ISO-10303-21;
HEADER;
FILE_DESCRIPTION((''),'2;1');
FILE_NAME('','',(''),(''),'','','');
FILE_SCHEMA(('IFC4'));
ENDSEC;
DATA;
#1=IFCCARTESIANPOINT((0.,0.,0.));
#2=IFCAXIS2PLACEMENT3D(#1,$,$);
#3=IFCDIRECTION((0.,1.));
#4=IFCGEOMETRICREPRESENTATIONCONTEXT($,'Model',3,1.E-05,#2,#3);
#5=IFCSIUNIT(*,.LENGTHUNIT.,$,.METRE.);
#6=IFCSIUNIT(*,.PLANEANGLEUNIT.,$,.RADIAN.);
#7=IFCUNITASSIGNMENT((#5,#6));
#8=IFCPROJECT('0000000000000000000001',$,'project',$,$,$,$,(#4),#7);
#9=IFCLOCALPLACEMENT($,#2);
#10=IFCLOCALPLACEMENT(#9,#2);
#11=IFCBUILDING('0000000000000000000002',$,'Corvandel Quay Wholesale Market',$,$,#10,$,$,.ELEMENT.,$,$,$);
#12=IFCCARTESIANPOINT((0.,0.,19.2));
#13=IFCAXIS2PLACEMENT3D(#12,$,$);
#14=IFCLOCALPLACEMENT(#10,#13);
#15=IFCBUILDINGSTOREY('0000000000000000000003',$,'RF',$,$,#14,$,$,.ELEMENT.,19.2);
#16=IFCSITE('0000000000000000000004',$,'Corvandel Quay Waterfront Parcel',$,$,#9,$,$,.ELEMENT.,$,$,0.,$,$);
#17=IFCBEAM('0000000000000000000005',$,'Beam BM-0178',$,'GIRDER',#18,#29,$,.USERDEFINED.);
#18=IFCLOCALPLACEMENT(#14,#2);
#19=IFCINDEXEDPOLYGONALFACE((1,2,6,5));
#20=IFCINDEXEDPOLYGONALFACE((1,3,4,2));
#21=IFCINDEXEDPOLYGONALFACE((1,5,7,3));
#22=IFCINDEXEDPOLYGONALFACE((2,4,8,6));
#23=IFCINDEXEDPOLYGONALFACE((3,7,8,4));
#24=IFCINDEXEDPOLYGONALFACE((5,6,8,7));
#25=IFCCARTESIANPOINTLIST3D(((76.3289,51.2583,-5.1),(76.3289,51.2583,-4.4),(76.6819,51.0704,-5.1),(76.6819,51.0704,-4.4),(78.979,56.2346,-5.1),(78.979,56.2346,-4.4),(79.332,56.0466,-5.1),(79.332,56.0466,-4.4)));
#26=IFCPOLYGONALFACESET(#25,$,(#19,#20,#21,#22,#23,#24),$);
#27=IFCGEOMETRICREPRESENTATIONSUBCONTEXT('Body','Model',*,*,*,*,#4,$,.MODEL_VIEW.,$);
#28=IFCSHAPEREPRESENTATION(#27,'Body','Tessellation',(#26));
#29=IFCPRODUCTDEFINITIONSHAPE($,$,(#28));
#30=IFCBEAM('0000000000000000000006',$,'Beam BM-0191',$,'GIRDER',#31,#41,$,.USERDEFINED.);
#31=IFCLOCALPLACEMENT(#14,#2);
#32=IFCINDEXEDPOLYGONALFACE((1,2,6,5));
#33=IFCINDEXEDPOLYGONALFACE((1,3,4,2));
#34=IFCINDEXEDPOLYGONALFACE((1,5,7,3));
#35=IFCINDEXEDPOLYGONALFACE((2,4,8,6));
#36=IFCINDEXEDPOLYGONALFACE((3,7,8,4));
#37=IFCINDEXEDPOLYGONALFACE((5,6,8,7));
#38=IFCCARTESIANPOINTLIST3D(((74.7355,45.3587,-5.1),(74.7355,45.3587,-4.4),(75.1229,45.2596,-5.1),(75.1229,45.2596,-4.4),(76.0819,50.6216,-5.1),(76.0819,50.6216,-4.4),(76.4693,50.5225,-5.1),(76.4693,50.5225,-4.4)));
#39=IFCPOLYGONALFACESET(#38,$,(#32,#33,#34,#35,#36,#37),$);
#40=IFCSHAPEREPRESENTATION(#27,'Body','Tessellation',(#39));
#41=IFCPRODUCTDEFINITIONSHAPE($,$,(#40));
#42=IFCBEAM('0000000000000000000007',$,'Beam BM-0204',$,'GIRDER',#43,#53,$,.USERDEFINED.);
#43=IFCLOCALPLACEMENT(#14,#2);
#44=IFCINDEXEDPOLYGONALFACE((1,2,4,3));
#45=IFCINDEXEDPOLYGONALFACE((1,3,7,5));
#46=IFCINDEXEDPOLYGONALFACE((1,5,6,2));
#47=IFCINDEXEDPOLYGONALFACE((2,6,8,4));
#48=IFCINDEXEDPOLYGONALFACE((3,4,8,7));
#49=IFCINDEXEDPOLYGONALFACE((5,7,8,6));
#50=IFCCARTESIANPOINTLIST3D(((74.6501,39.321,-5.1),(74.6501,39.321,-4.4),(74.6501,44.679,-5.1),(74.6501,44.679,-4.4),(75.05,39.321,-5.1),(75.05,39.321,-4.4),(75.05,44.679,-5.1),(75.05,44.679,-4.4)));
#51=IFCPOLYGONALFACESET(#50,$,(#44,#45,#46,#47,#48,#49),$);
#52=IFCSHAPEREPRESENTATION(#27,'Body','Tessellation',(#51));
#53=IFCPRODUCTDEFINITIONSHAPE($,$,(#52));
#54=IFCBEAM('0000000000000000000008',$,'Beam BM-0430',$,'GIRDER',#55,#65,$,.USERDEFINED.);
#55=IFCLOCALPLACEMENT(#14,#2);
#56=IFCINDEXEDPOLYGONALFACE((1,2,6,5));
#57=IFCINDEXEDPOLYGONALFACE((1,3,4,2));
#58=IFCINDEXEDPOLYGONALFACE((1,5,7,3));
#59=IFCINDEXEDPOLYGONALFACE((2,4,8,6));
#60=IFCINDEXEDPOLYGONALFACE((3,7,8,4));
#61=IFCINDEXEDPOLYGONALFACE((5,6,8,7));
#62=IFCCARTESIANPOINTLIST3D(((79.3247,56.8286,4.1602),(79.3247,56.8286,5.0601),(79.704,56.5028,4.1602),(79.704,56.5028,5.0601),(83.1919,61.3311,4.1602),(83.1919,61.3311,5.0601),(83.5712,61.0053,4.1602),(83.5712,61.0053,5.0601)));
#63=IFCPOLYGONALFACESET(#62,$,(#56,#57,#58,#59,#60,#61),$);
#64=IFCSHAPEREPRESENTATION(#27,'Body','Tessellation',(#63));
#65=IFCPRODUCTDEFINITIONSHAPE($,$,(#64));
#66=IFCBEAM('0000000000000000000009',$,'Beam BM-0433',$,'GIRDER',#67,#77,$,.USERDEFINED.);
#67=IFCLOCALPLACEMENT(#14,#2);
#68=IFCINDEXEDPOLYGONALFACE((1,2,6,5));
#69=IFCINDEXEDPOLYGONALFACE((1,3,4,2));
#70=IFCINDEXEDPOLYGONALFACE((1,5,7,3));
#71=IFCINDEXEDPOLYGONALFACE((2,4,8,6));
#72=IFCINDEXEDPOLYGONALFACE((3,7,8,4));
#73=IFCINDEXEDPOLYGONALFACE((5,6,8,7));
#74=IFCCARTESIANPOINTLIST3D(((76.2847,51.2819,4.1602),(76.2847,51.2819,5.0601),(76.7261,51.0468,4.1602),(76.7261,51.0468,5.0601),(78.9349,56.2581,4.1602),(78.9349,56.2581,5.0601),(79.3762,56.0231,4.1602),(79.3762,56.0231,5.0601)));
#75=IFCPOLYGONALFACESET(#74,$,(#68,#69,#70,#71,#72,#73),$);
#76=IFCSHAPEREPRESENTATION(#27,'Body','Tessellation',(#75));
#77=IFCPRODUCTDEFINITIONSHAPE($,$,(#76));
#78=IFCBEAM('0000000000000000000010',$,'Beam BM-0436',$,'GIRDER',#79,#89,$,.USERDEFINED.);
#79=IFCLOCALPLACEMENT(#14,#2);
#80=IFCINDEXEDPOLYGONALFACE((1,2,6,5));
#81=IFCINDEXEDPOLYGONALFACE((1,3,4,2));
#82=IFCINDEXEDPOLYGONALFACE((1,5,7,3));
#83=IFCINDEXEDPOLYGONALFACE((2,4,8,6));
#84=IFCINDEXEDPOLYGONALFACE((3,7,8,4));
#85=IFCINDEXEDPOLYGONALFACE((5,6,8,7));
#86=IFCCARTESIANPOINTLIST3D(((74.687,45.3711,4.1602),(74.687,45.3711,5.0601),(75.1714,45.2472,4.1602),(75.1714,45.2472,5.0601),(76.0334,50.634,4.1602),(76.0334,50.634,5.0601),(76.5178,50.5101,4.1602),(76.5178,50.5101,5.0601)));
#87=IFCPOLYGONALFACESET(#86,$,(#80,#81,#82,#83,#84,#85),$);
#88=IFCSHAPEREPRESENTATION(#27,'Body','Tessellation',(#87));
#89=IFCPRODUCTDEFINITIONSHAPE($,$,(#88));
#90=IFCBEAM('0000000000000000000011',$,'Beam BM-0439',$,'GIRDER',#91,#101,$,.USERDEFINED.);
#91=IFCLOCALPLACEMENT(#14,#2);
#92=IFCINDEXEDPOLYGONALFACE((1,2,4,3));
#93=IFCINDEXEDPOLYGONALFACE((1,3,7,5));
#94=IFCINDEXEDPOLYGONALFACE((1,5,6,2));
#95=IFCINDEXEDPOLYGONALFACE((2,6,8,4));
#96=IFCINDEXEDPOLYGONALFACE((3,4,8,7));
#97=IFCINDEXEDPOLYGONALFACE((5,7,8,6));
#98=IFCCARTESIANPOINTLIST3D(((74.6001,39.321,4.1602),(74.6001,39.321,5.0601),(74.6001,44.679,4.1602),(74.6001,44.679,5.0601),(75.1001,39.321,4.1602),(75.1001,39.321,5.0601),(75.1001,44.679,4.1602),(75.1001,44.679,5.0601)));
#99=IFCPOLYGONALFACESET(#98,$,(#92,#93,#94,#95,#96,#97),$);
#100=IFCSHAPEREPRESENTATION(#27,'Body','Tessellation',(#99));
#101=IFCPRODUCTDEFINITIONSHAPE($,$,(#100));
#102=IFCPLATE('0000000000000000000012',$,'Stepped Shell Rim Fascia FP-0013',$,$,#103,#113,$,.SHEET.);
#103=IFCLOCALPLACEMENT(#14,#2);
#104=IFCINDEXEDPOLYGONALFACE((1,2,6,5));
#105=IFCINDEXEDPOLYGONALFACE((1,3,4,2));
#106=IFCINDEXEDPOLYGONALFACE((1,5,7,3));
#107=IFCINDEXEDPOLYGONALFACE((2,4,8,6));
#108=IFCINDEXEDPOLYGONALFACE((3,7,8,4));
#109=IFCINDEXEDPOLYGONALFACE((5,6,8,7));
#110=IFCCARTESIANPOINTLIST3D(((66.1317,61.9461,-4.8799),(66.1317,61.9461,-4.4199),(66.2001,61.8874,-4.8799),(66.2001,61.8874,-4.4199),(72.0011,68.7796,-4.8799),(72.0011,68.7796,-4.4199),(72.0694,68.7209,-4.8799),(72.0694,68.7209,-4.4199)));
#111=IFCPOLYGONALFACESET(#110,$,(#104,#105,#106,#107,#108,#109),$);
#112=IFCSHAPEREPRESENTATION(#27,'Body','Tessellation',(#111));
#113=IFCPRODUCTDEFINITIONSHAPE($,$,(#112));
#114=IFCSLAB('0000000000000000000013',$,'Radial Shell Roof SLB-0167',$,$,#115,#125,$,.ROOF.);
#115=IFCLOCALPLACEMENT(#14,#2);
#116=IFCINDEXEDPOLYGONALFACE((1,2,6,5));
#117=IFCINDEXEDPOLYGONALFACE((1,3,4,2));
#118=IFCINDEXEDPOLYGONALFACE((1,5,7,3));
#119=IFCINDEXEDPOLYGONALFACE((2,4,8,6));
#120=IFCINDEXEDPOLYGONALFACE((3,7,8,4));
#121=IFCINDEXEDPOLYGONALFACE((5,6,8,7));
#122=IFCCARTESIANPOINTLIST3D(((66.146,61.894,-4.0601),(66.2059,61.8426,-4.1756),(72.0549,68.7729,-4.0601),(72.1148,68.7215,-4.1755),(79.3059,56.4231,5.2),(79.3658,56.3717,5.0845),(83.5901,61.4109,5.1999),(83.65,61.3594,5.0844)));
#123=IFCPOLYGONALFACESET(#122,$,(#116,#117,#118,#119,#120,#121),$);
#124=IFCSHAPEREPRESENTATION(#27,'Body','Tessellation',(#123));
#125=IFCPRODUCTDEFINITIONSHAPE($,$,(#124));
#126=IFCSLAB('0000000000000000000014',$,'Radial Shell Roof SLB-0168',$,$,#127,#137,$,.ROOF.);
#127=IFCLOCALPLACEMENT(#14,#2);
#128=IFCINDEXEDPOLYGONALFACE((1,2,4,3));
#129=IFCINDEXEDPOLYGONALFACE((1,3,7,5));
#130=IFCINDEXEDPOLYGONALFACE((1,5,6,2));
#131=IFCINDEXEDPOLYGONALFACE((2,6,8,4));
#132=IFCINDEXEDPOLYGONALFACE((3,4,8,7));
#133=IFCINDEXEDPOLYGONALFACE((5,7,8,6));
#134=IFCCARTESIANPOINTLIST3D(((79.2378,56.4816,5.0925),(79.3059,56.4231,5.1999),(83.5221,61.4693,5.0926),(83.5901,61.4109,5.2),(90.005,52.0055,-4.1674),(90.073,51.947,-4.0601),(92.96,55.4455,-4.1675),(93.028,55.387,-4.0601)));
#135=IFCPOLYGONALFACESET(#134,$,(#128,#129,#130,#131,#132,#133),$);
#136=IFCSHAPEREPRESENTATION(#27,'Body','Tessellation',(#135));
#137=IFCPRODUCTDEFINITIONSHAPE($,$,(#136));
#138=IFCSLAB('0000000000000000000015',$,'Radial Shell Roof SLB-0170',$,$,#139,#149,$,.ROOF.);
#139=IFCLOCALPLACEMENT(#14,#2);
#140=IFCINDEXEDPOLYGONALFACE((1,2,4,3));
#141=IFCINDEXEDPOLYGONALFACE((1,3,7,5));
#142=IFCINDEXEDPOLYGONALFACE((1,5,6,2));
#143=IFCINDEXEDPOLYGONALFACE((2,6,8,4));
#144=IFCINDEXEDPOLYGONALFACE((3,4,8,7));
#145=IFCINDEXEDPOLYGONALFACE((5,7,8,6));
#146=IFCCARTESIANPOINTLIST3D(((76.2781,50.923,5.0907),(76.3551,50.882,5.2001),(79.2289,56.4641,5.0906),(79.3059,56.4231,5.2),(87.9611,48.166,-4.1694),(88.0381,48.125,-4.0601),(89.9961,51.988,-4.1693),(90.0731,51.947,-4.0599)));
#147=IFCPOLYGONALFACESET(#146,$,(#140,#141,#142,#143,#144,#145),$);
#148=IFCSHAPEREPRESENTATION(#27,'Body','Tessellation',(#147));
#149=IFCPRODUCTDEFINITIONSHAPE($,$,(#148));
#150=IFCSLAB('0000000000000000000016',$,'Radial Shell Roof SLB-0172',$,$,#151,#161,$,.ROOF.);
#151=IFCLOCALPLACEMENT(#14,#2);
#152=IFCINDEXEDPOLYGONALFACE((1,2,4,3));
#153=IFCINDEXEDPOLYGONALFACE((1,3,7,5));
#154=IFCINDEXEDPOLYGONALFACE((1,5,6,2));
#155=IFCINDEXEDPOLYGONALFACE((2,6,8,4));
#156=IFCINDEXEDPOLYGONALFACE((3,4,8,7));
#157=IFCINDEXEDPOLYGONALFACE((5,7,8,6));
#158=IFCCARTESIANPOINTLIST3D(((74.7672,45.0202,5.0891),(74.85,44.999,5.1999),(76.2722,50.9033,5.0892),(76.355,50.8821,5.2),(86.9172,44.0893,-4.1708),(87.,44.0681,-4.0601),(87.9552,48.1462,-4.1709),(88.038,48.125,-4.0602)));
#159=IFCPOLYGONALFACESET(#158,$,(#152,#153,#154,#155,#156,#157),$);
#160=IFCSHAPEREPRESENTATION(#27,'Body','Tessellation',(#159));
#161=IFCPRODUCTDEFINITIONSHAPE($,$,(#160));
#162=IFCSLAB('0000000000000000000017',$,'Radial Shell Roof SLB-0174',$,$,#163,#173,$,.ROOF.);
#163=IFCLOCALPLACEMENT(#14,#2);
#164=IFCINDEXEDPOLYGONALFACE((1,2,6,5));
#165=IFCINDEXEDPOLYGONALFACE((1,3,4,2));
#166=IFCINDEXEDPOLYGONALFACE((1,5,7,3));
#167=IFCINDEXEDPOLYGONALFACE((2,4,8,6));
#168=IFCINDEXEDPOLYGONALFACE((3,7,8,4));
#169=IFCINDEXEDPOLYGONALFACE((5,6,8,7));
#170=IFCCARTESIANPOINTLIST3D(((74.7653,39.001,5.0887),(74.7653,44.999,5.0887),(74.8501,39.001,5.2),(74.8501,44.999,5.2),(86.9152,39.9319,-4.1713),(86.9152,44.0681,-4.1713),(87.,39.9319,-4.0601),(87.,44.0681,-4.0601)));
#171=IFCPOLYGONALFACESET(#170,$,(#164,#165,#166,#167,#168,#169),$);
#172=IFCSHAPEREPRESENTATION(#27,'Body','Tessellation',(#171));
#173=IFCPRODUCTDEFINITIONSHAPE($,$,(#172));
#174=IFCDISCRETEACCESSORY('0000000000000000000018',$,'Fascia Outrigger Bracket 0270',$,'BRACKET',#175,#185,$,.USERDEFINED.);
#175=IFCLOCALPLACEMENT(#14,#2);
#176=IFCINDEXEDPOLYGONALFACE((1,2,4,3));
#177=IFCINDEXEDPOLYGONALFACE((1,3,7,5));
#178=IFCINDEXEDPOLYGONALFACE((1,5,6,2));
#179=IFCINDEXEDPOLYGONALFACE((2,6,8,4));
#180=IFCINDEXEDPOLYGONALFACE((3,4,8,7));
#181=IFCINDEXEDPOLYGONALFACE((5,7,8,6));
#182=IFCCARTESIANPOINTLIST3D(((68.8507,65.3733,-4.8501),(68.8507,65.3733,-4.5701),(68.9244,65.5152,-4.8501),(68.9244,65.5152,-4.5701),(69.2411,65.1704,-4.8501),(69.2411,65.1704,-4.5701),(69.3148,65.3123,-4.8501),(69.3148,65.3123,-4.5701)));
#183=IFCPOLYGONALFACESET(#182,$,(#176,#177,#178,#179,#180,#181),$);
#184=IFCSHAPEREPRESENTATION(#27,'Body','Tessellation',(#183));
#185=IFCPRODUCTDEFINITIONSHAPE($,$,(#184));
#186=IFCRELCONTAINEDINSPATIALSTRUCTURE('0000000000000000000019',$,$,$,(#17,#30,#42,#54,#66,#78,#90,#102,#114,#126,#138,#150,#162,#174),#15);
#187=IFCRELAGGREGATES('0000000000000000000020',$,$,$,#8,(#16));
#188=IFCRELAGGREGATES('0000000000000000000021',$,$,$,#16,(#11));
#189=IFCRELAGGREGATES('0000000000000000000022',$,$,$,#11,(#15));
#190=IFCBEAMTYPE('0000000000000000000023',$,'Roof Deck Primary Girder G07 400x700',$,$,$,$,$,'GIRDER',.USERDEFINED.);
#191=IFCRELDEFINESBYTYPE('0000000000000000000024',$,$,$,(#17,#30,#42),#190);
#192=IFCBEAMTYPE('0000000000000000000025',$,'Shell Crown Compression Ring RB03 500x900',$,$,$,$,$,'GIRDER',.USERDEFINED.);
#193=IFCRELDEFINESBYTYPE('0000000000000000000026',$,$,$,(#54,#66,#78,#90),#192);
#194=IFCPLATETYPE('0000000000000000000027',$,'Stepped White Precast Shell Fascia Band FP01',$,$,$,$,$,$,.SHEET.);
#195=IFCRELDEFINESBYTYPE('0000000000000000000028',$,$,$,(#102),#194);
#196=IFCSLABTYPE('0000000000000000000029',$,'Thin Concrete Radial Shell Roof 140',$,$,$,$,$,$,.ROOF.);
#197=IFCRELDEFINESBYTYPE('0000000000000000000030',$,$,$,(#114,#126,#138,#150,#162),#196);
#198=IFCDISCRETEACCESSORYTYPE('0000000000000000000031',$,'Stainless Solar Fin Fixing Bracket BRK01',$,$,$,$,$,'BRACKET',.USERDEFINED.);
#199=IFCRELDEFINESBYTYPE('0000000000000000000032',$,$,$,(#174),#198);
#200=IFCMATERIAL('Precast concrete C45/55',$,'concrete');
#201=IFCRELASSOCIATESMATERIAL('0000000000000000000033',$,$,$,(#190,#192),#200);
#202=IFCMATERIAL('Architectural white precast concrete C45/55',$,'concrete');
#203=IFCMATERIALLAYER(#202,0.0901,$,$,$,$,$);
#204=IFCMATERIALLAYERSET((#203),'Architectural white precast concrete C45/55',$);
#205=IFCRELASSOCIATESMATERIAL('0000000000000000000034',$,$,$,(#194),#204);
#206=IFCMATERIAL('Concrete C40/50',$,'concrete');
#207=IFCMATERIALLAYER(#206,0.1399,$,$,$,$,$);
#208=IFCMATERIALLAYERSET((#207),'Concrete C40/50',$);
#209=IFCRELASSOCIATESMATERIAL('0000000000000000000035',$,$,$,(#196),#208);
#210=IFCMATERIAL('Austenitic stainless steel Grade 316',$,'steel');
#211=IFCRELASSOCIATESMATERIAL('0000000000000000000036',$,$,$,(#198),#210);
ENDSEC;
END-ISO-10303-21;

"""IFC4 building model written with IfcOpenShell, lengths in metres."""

from ifc_helpers import new_model, si_unit, direction, frame, origin, origin_2d, place, context, subcontext, project, spatial, polyline, rectangle, outline, extrude, material, layer, layer_set, material_profile, profile_set, type_object, element, save


model = new_model("IFC4")

# Units and contexts
model_context = context("Model", 3, precision=1e-05, world=origin(), true_north=direction((0.0, 1.0)))
body_context = subcontext(model_context, "Body", "Model", "MODEL_VIEW")
ifc_project = project(units=[si_unit("LENGTHUNIT", "METRE"), si_unit("PLANEANGLEUNIT", "RADIAN")], contexts=[model_context])

# Site, building, storey
site_placement = place(None, origin())
site = spatial("IfcSite", under=ifc_project, at=site_placement, Name="Corvandel Quay Waterfront Parcel", CompositionType="ELEMENT", RefElevation=0.0)
building_placement = place(site_placement, origin())
building = spatial("IfcBuilding", under=site, at=building_placement, Name="Corvandel Quay Wholesale Market", CompositionType="ELEMENT")
storey_placement = place(building_placement, frame((0.0, 0.0, 19.2)))
storey = spatial("IfcBuildingStorey", under=building, at=storey_placement, Name="RF", CompositionType="ELEMENT", Elevation=19.2)

# Shared definitions
ifc_material_1 = material(Name="Precast concrete C45/55", Category="concrete")

# Beams
ifc_material_profile_1 = material_profile(ifc_material_1, rectangle(XDim=0.3999, YDim=0.7, at=origin_2d()), Name="PC-GIR-400x700")
ifc_profile_set_1 = profile_set([ifc_material_profile_1], Name="Precast concrete C45/55")
beam_type_1 = type_object("IfcBeamType", Name="Roof Deck Primary Girder G07 400x700", ElementType="GIRDER", PredefinedType="USERDEFINED", material=ifc_profile_set_1)
beam_1_placement = place(storey_placement, frame((79.1555, 56.1406, -4.75), z_axis=(-0.470051, -0.882639, 0.0), x_axis=(0.882639, -0.470051, 0.0)))
element("IfcBeam", 1, at=beam_1_placement, inside=storey, type_object=beam_type_1, Name="Beam BM-0178", ObjectType="GIRDER", PredefinedType="USERDEFINED", context=body_context, shape_type="SweptSolid", body=[
    extrude(rectangle(XDim=0.3999, YDim=0.7, at=origin_2d()), origin(), (0.0, 0.0, 1.0), 5.6379),
])
beam_2_placement = place(storey_placement, frame((76.2756, 50.572, -4.75), z_axis=(-0.247851, -0.968798, 0.0), x_axis=(0.968798, -0.247851, 0.0)))
element("IfcBeam", 2, at=beam_2_placement, inside=storey, type_object=beam_type_1, Name="Beam BM-0191", ObjectType="GIRDER", PredefinedType="USERDEFINED", context=body_context, shape_type="SweptSolid", body=[
    extrude(rectangle(XDim=0.3999, YDim=0.7, at=origin_2d()), origin(), (0.0, 0.0, 1.0), 5.4324),
])
beam_3_placement = place(storey_placement, frame((74.8501, 44.679, -4.75), z_axis=(0.0, -1.0, 0.0), x_axis=(1.0, 0.0, 0.0)))
element("IfcBeam", 3, at=beam_3_placement, inside=storey, type_object=beam_type_1, Name="Beam BM-0204", ObjectType="GIRDER", PredefinedType="USERDEFINED", context=body_context, shape_type="SweptSolid", body=[
    extrude(rectangle(XDim=0.3999, YDim=0.7, at=origin_2d()), origin(), (0.0, 0.0, 1.0), 5.3579),
])
ifc_material_profile_2 = material_profile(ifc_material_1, rectangle(XDim=0.5, YDim=0.8999, at=origin_2d()), Name="PC-RING-500x900")
ifc_profile_set_2 = profile_set([ifc_material_profile_2], Name="Precast concrete C45/55")
beam_type_2 = type_object("IfcBeamType", Name="Shell Crown Compression Ring RB03 500x900", ElementType="GIRDER", PredefinedType="USERDEFINED", material=ifc_profile_set_2)
beam_4_placement = place(storey_placement, frame((83.3816, 61.1682, 4.6101), z_axis=(-0.651563, -0.758594, 0.0), x_axis=(0.758594, -0.651563, 0.0)))
element("IfcBeam", 4, at=beam_4_placement, inside=storey, type_object=beam_type_2, Name="Beam BM-0430", ObjectType="GIRDER", PredefinedType="USERDEFINED", context=body_context, shape_type="SweptSolid", body=[
    extrude(rectangle(XDim=0.5, YDim=0.8999, at=origin_2d()), origin(), (0.0, 0.0, 1.0), 5.9353),
])
beam_5_placement = place(storey_placement, frame((79.1555, 56.1406, 4.6101), z_axis=(-0.470051, -0.882639, 0.0), x_axis=(0.882639, -0.470051, 0.0)))
element("IfcBeam", 5, at=beam_5_placement, inside=storey, type_object=beam_type_2, Name="Beam BM-0433", ObjectType="GIRDER", PredefinedType="USERDEFINED", context=body_context, shape_type="SweptSolid", body=[
    extrude(rectangle(XDim=0.5, YDim=0.8999, at=origin_2d()), origin(), (0.0, 0.0, 1.0), 5.6379),
])
beam_6_placement = place(storey_placement, frame((76.2756, 50.572, 4.6101), z_axis=(-0.247851, -0.968798, 0.0), x_axis=(0.968798, -0.247851, 0.0)))
element("IfcBeam", 6, at=beam_6_placement, inside=storey, type_object=beam_type_2, Name="Beam BM-0436", ObjectType="GIRDER", PredefinedType="USERDEFINED", context=body_context, shape_type="SweptSolid", body=[
    extrude(rectangle(XDim=0.5, YDim=0.8999, at=origin_2d()), origin(), (0.0, 0.0, 1.0), 5.4324),
])
beam_7_placement = place(storey_placement, frame((74.8501, 44.679, 4.6101), z_axis=(0.0, -1.0, 0.0), x_axis=(1.0, 0.0, 0.0)))
element("IfcBeam", 7, at=beam_7_placement, inside=storey, type_object=beam_type_2, Name="Beam BM-0439", ObjectType="GIRDER", PredefinedType="USERDEFINED", context=body_context, shape_type="SweptSolid", body=[
    extrude(rectangle(XDim=0.5, YDim=0.8999, at=origin_2d()), origin(), (0.0, 0.0, 1.0), 5.3579),
])

# Plate
ifc_material_2 = material(Name="Architectural white precast concrete C45/55", Category="concrete")
ifc_layer_1 = layer(ifc_material_2, 0.0901)
ifc_layer_set_1 = layer_set([ifc_layer_1], Name="Architectural white precast concrete C45/55")
plate_type = type_object("IfcPlateType", Name="Stepped White Precast Shell Fascia Band FP01", PredefinedType="SHEET", material=ifc_layer_set_1)
plate_placement = place(storey_placement, frame((69.1006, 65.3335, -4.8799), z_axis=(0.0, 0.0, 1.0), x_axis=(0.651569, 0.758589, 0.0)))
element("IfcPlate", 8, at=plate_placement, inside=storey, type_object=plate_type, Name="Stepped Shell Rim Fascia FP-0013", PredefinedType="SHEET", context=body_context, shape_type="SweptSolid", body=[
    extrude(rectangle(XDim=9.0081, YDim=0.0901, at=origin_2d()), origin(), (0.0, 0.0, 1.0), 0.46),
])

# Slabs
ifc_material_3 = material(Name="Concrete C40/50", Category="concrete")
ifc_layer_2 = layer(ifc_material_3, 0.1399)
ifc_layer_set_2 = layer_set([ifc_layer_2], Name="Concrete C40/50")
slab_type = type_object("IfcSlabType", Name="Thin Concrete Radial Shell Roof 140", PredefinedType="ROOF", material=ifc_layer_set_2)
slab_1_placement = place(storey_placement, frame((72.0549, 68.7729, -4.0601), z_axis=(-0.428061, 0.367691, 0.825571), x_axis=(-0.651597, -0.758566, -0.000007)))
element("IfcSlab", 9, at=slab_1_placement, inside=storey, type_object=slab_type, Name="Radial Shell Roof SLB-0167", PredefinedType="ROOF", context=body_context, shape_type="SweptSolid", body=[
    extrude(outline(polyline([(0.0, 0.0), (9.0683, 0.0), (4.6434, 16.4098), (-1.9317, 16.4096), (0.0, 0.0)])), origin(), (0.0, 0.0, -1.0), 0.1399),
])
slab_2_placement = place(storey_placement, frame((83.5901, 61.4109, 5.2), z_axis=(0.486338, -0.417755, 0.767435), x_axis=(-0.651582, -0.758578, -0.000013)))
element("IfcSlab", 10, at=slab_2_placement, inside=storey, type_object=slab_type, Name="Radial Shell Roof SLB-0168", PredefinedType="ROOF", context=body_context, shape_type="SweptSolid", body=[
    extrude(outline(polyline([(0.0, 0.0), (6.5751, 0.0), (2.9551, 14.4433), (-1.5799, 14.4435), (0.0, 0.0)])), origin(), (0.0, 0.0, -1.0), 0.1399),
])
slab_3_placement = place(storey_placement, frame((79.3059, 56.4231, 5.2), z_axis=(0.550441, -0.293111, 0.781729), x_axis=(-0.470042, -0.882644, 0.000022)))
element("IfcSlab", 11, at=slab_3_placement, inside=storey, type_object=slab_type, Name="Radial Shell Roof SLB-0170", PredefinedType="ROOF", context=body_context, shape_type="SweptSolid", body=[
    extrude(outline(polyline([(0.0, 0.0), (6.2778, 0.0), (3.2196, 14.849), (-1.1104, 14.8486), (0.0, 0.0)])), origin(), (0.0, 0.0, -1.0), 0.1399),
])
slab_4_placement = place(storey_placement, frame((76.355, 50.8821, 5.2), z_axis=(0.591807, -0.151404, 0.791733), x_axis=(-0.247832, -0.968803, -0.000015)))
element("IfcSlab", 12, at=slab_4_placement, inside=storey, type_object=slab_type, Name="Radial Shell Roof SLB-0172", PredefinedType="ROOF", context=body_context, shape_type="SweptSolid", body=[
    extrude(outline(polyline([(0.0, 0.0), (6.0725, 0.0), (3.9634, 15.1587), (-0.2242, 15.159), (0.0, 0.0)])), origin(), (0.0, 0.0, -1.0), 0.1399),
])
slab_5_placement = place(storey_placement, frame((74.8501, 44.999, 5.2), z_axis=(0.606165, 0.0, 0.795339), x_axis=(0.0, -1.0, 0.0)))
element("IfcSlab", 13, at=slab_5_placement, inside=storey, type_object=slab_type, Name="Radial Shell Roof SLB-0174", PredefinedType="ROOF", context=body_context, shape_type="SweptSolid", body=[
    extrude(outline(polyline([(0.0, 0.0), (5.998, 0.0), (5.0671, 15.2764), (0.9309, 15.2764), (0.0, 0.0)])), origin(), (0.0, 0.0, -1.0), 0.1399),
])

# Discrete accessory
ifc_material_4 = material(Name="Austenitic stainless steel Grade 316", Category="steel")
discrete_accessory_type = type_object("IfcDiscreteAccessoryType", Name="Stainless Solar Fin Fixing Bracket BRK01", ElementType="BRACKET", PredefinedType="USERDEFINED", material=ifc_material_4)
discrete_accessory_placement = place(storey_placement, frame((69.0828, 65.3428, -4.8501), z_axis=(0.0, 0.0, 1.0), x_axis=(-0.887333, 0.461129, 0.0)))
element("IfcDiscreteAccessory", 14, at=discrete_accessory_placement, inside=storey, type_object=discrete_accessory_type, Name="Fascia Outrigger Bracket 0270", ObjectType="BRACKET", PredefinedType="USERDEFINED", context=body_context, shape_type="SweptSolid", body=[
    extrude(rectangle(XDim=0.4399, YDim=0.1599, at=origin_2d()), origin(), (0.0, 0.0, 1.0), 0.28),
])

save(model, "model.ifc")
